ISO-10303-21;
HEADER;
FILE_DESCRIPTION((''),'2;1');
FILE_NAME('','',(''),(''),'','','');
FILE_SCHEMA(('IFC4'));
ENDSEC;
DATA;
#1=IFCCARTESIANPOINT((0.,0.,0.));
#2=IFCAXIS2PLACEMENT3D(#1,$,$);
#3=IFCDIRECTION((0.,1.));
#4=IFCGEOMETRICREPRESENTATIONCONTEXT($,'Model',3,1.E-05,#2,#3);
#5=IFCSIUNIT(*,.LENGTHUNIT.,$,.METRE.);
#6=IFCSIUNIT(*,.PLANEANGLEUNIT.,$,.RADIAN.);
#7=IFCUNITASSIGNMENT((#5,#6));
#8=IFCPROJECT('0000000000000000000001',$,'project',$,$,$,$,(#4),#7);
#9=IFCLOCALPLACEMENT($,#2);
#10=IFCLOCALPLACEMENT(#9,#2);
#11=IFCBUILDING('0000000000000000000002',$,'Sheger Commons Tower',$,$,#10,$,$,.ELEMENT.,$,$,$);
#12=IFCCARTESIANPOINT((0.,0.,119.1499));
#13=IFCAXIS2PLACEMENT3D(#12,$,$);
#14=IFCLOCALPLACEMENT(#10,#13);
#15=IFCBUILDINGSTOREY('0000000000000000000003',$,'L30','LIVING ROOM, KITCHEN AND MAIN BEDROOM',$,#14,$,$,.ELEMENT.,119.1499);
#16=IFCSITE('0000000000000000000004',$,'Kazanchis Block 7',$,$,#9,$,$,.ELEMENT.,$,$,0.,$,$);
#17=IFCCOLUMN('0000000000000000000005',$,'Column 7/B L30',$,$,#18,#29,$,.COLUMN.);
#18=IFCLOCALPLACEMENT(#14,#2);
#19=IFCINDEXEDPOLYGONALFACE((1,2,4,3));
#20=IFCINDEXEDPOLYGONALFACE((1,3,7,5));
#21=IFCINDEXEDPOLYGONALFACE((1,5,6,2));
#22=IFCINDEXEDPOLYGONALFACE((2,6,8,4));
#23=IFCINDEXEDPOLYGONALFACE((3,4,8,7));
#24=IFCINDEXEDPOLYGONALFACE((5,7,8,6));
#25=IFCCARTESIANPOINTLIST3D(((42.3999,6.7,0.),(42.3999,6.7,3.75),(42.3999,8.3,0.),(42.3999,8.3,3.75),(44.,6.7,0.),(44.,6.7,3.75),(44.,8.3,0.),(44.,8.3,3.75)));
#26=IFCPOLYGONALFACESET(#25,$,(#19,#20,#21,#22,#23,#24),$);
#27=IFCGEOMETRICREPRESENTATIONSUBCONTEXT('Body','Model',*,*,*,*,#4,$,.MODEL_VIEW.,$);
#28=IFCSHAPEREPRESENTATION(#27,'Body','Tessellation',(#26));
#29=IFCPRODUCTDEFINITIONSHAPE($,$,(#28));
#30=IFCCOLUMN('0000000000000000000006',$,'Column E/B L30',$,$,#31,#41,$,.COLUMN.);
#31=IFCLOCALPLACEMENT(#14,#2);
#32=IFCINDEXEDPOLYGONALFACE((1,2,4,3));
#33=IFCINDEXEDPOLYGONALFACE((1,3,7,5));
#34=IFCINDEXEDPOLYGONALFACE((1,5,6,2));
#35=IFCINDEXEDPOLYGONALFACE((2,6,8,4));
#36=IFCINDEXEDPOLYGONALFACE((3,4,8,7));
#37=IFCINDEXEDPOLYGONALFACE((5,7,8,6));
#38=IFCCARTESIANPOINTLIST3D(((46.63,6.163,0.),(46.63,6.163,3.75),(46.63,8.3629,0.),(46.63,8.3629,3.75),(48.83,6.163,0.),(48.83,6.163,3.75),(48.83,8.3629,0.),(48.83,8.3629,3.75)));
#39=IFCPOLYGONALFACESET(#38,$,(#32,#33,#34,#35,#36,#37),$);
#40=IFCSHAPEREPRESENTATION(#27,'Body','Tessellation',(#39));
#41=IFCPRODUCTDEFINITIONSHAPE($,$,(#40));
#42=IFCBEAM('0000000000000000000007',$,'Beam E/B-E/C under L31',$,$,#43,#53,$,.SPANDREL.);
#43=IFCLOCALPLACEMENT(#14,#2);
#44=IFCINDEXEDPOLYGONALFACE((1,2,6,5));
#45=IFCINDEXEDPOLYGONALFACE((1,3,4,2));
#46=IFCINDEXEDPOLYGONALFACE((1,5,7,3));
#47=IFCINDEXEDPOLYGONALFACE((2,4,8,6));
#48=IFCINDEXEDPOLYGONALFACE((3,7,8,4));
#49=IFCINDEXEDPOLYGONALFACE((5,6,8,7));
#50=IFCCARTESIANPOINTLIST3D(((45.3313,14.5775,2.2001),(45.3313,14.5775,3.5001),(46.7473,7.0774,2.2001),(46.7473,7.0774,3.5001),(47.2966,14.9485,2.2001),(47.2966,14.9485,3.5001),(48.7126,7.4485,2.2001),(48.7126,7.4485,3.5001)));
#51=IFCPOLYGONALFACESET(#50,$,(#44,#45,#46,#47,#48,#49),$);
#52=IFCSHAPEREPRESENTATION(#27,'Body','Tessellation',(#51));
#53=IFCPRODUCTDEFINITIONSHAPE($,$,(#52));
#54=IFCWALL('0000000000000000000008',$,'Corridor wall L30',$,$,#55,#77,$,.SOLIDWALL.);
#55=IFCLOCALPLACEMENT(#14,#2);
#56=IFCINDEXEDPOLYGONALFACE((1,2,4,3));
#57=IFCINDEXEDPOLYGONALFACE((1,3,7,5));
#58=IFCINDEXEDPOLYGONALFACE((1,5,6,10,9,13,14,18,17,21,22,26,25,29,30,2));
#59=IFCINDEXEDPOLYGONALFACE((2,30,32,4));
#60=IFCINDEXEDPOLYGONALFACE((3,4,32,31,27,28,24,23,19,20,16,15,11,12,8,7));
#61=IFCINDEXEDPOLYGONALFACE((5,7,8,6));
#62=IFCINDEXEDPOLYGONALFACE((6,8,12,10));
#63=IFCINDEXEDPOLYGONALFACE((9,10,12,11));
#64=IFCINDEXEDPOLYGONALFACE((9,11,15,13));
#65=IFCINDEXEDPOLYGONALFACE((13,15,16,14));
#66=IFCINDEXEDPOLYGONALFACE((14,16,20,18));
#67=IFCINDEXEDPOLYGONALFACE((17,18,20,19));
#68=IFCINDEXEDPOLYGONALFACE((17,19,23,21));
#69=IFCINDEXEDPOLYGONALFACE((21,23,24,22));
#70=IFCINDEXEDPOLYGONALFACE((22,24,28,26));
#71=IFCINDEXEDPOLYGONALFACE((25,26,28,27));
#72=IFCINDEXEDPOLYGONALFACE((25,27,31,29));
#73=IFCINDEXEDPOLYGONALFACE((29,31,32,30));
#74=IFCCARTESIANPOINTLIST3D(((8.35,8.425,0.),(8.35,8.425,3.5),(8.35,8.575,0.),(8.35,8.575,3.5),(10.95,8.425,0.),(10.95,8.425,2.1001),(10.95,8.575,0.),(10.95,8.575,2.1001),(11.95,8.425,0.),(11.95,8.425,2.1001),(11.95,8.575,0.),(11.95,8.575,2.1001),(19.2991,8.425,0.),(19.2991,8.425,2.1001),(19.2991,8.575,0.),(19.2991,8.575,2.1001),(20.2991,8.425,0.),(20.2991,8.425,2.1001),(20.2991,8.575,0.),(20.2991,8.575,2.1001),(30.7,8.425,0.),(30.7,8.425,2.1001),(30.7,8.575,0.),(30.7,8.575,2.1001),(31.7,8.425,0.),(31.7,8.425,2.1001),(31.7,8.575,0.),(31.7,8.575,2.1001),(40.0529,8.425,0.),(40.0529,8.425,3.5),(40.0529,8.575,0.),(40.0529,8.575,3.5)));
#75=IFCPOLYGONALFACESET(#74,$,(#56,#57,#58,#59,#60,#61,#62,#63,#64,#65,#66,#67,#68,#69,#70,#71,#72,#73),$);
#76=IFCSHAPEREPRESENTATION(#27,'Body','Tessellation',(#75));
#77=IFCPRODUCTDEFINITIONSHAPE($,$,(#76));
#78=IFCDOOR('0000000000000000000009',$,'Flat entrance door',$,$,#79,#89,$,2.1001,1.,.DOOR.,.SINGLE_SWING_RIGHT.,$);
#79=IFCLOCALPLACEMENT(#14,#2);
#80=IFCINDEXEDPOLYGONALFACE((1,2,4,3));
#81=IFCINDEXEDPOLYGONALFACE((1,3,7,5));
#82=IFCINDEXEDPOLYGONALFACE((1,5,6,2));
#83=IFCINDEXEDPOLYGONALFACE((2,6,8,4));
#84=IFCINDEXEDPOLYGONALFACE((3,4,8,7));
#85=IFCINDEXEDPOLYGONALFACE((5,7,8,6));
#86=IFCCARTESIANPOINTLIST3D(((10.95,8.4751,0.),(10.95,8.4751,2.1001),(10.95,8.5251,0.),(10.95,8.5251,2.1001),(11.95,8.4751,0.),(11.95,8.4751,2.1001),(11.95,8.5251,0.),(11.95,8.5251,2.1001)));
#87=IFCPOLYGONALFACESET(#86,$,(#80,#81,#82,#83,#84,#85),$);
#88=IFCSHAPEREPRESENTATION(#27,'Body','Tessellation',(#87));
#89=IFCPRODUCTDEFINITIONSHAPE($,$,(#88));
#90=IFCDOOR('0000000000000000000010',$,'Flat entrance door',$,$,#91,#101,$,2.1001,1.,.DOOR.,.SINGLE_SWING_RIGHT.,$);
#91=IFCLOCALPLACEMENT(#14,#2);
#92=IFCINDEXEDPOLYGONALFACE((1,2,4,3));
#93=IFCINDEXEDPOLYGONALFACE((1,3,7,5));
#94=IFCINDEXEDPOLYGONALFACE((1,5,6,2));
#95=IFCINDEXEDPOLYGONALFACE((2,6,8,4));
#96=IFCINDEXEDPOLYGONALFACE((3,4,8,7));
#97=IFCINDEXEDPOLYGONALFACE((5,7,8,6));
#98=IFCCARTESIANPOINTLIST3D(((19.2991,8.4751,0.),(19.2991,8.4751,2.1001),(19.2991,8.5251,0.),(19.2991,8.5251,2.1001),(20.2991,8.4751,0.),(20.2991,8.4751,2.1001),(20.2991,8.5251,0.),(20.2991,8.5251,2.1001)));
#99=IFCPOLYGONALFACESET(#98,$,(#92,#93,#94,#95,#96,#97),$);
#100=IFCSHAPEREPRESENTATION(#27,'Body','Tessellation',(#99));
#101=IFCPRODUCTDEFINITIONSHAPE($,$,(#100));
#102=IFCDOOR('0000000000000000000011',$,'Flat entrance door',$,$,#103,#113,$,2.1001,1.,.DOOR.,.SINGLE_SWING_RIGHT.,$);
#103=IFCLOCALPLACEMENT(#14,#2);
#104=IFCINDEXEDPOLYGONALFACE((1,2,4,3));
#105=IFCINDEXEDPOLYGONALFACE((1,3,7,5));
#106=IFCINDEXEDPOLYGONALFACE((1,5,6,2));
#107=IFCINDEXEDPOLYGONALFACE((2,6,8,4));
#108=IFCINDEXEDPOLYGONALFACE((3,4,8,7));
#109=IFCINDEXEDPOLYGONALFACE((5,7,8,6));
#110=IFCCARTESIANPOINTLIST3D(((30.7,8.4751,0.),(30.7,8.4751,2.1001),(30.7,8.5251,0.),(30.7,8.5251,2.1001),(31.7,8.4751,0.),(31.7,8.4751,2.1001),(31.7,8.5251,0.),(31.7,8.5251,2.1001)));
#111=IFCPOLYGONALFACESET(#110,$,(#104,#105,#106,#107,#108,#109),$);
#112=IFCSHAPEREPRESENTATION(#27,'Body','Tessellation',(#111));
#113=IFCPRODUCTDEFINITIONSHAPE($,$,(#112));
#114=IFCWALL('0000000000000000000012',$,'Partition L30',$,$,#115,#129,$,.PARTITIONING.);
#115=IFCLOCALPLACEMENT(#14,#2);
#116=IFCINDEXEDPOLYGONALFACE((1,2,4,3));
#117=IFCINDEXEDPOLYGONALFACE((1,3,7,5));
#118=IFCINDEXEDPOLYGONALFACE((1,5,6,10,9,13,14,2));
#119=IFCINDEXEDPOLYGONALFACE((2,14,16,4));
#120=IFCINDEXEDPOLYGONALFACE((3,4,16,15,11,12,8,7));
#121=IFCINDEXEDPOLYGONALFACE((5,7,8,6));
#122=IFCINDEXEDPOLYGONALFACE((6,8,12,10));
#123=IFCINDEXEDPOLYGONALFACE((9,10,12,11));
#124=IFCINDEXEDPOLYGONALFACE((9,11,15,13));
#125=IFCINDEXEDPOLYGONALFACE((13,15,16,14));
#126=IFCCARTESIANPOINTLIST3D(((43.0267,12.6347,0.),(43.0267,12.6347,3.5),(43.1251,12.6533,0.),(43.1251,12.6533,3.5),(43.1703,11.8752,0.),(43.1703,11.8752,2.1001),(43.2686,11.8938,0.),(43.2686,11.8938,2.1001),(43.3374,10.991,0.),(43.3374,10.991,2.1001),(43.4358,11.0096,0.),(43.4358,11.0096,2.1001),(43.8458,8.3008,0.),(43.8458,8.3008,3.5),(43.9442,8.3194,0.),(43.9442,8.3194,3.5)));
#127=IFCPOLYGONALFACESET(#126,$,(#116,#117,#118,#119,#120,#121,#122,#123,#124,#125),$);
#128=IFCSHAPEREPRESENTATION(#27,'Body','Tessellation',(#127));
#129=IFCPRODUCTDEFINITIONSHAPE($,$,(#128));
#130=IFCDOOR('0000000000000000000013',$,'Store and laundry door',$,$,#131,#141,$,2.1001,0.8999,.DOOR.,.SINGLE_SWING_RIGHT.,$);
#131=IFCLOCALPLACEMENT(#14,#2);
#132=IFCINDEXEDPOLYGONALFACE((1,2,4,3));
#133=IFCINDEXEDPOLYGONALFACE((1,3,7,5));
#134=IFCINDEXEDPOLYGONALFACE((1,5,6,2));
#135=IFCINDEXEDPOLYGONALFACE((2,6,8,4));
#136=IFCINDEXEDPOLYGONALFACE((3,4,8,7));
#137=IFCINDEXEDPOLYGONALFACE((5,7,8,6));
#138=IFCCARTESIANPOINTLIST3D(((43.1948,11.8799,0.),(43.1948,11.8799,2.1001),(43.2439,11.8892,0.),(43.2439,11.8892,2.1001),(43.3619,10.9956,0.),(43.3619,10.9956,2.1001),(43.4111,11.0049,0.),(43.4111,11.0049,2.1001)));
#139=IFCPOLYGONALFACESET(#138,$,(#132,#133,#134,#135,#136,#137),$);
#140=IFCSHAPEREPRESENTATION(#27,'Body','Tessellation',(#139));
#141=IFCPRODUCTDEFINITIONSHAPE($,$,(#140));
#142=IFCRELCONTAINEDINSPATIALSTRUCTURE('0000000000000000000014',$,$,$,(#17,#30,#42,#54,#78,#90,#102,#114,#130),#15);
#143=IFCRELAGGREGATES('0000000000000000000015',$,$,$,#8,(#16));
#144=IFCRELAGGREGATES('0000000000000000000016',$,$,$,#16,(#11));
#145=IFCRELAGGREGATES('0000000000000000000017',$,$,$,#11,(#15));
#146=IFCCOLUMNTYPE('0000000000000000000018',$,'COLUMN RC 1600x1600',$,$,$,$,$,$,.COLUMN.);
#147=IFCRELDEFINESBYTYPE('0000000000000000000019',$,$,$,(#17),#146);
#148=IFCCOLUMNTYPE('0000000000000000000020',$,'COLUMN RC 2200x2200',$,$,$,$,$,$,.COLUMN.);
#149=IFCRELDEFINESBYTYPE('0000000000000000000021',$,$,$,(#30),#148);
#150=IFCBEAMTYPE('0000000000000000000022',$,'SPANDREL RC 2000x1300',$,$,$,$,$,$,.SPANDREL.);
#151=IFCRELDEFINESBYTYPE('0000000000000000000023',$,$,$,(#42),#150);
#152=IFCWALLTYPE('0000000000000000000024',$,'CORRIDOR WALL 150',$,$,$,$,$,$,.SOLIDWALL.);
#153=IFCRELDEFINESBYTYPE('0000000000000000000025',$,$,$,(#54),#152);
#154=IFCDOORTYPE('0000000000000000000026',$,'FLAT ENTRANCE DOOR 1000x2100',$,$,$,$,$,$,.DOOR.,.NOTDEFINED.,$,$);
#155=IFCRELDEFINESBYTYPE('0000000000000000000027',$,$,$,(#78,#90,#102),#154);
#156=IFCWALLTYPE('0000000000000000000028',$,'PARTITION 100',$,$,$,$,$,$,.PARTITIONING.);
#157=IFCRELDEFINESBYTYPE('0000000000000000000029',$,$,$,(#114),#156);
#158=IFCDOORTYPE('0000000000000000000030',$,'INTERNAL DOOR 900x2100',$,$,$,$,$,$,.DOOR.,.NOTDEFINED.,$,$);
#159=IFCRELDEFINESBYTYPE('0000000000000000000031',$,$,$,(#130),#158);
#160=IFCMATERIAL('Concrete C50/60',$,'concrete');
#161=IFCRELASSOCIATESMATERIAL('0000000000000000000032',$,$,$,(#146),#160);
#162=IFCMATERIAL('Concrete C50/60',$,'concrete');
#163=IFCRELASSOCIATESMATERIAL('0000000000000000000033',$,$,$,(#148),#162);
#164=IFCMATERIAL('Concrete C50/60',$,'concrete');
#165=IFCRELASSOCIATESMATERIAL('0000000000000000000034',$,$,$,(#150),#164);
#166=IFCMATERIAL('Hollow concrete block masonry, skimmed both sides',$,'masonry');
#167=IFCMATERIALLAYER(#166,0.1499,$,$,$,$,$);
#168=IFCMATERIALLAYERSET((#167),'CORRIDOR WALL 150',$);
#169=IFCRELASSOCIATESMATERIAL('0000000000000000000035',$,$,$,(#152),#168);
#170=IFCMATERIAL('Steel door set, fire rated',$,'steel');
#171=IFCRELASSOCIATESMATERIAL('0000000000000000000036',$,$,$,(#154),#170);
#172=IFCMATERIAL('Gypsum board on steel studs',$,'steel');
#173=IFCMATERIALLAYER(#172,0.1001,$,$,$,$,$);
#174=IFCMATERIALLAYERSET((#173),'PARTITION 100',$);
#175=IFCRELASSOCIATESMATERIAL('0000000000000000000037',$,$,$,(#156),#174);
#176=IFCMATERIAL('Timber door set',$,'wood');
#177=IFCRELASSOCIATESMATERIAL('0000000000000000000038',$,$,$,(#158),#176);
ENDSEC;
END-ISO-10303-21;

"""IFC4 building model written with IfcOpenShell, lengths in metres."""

from ifc_helpers import new_model, si_unit, direction, frame, frame_2d, origin, origin_2d, place, context, subcontext, project, spatial, rectangle, extrude, material, layer, layer_set, material_profile, profile_set, type_object, element, fill, save


model = new_model("IFC4")

# Units and contexts
model_context = context("Model", 3, precision=1e-05, world=origin(), true_north=direction((0.0, 1.0)))
body_context = subcontext(model_context, "Body", "Model", "MODEL_VIEW")
ifc_project = project(units=[si_unit("LENGTHUNIT", "METRE"), si_unit("PLANEANGLEUNIT", "RADIAN")], contexts=[model_context])

# Site, building, storey
site_placement = place(None, origin())
site = spatial("IfcSite", under=ifc_project, at=site_placement, Name="Kazanchis Block 7", CompositionType="ELEMENT", RefElevation=0.0)
building_placement = place(site_placement, origin())
building = spatial("IfcBuilding", under=site, at=building_placement, Name="Sheger Commons Tower", CompositionType="ELEMENT")
storey_placement = place(building_placement, frame((0.0, 0.0, 119.1499)))
storey = spatial("IfcBuildingStorey", under=building, at=storey_placement, Name="L30", Description="LIVING ROOM, KITCHEN AND MAIN BEDROOM", CompositionType="ELEMENT", Elevation=119.1499)

# Columns
ifc_material_1 = material(Name="Concrete C50/60", Category="concrete")
ifc_material_profile_1 = material_profile(ifc_material_1, rectangle(XDim=1.6001, YDim=1.6001, at=origin_2d()), Name="RC 1600x1600")
ifc_profile_set_1 = profile_set([ifc_material_profile_1], Name="Concrete C50/60")
column_type_1 = type_object("IfcColumnType", Name="COLUMN RC 1600x1600", PredefinedType="COLUMN", material=ifc_profile_set_1)
column_1_placement = place(storey_placement, frame((43.2, 7.5, 0.0), z_axis=(0.0, 0.0, 1.0), x_axis=(1.0, 0.0, 0.0)))
element("IfcColumn", 1, at=column_1_placement, inside=storey, type_object=column_type_1, Name="Column 7/B L30", PredefinedType="COLUMN", context=body_context, shape_type="SweptSolid", body=[
    extrude(rectangle(XDim=1.6001, YDim=1.6001, at=origin_2d()), origin(), (0.0, 0.0, 1.0), 3.75),
])
ifc_material_2 = material(Name="Concrete C50/60", Category="concrete")
ifc_material_profile_2 = material_profile(ifc_material_2, rectangle(XDim=2.2, YDim=2.2, at=origin_2d()), Name="RC 2200x2200")
ifc_profile_set_2 = profile_set([ifc_material_profile_2], Name="Concrete C50/60")
column_type_2 = type_object("IfcColumnType", Name="COLUMN RC 2200x2200", PredefinedType="COLUMN", material=ifc_profile_set_2)
column_2_placement = place(storey_placement, frame((47.73, 7.2629, 0.0), z_axis=(0.0, 0.0, 1.0), x_axis=(1.0, 0.0, 0.0)))
element("IfcColumn", 2, at=column_2_placement, inside=storey, type_object=column_type_2, Name="Column E/B L30", PredefinedType="COLUMN", context=body_context, shape_type="SweptSolid", body=[
    extrude(rectangle(XDim=2.2, YDim=2.2, at=origin_2d()), origin(), (0.0, 0.0, 1.0), 3.75),
])

# Beam
ifc_material_3 = material(Name="Concrete C50/60", Category="concrete")
ifc_material_profile_3 = material_profile(ifc_material_3, rectangle(XDim=2.0, YDim=1.3, at=origin_2d()), Name="RC 2000x1300")
ifc_profile_set_3 = profile_set([ifc_material_profile_3], Name="Concrete C50/60")
beam_type = type_object("IfcBeamType", Name="SPANDREL RC 2000x1300", PredefinedType="SPANDREL", material=ifc_profile_set_3)
beam_placement = place(storey_placement, frame((47.73, 7.2629, 2.8501), z_axis=(-0.185524, 0.98264, 0.0), x_axis=(-0.98264, -0.185524, 0.0)))
element("IfcBeam", 3, at=beam_placement, inside=storey, type_object=beam_type, Name="Beam E/B-E/C under L31", PredefinedType="SPANDREL", context=body_context, shape_type="SweptSolid", body=[
    extrude(rectangle(XDim=2.0, YDim=1.3, at=origin_2d()), origin(), (0.0, 0.0, 1.0), 7.6326),
])

# Wall, openings, doors
ifc_material_4 = material(Name="Hollow concrete block masonry, skimmed both sides", Category="masonry")
ifc_layer_1 = layer(ifc_material_4, 0.1499)
ifc_layer_set_1 = layer_set([ifc_layer_1], Name="CORRIDOR WALL 150")
wall_type_1 = type_object("IfcWallType", Name="CORRIDOR WALL 150", PredefinedType="SOLIDWALL", material=ifc_layer_set_1)
wall_1_placement = place(storey_placement, frame((40.053, 8.5, 0.0), z_axis=(0.0, 0.0, 1.0), x_axis=(-1.0, 0.0, 0.0)))
wall_1 = element("IfcWall", 4, at=wall_1_placement, inside=storey, type_object=wall_type_1, Name="Corridor wall L30", PredefinedType="SOLIDWALL", context=body_context, shape_type="SweptSolid", body=[
    extrude(rectangle(XDim=31.7029, YDim=0.1499, at=frame_2d((15.8516, 0.0))), origin(), (0.0, 0.0, 1.0), 3.5),
])
opening_1_placement = place(wall_1_placement, frame((28.103, 0.0, 0.0)))
opening_1 = element("IfcOpeningElement", 5, at=opening_1_placement, cuts=wall_1, PredefinedType="OPENING", context=body_context, shape_type="SweptSolid", body=[
    extrude(rectangle(XDim=1.0, YDim=2.1001, at=frame_2d((0.5, 1.05))), frame((0.0, 0.085, 0.0), z_axis=(0.0, -1.0, 0.0), x_axis=(1.0, 0.0, 0.0)), (0.0, 0.0, 1.0), 0.1699),
])
opening_2_placement = place(wall_1_placement, frame((19.7539, 0.0, 0.0)))
opening_2 = element("IfcOpeningElement", 6, at=opening_2_placement, cuts=wall_1, PredefinedType="OPENING", context=body_context, shape_type="SweptSolid", body=[
    extrude(rectangle(XDim=1.0, YDim=2.1001, at=frame_2d((0.5, 1.05))), frame((0.0, 0.085, 0.0), z_axis=(0.0, -1.0, 0.0), x_axis=(1.0, 0.0, 0.0)), (0.0, 0.0, 1.0), 0.1699),
])
opening_3_placement = place(wall_1_placement, frame((8.353, 0.0, 0.0)))
opening_3 = element("IfcOpeningElement", 7, at=opening_3_placement, cuts=wall_1, PredefinedType="OPENING", context=body_context, shape_type="SweptSolid", body=[
    extrude(rectangle(XDim=1.0, YDim=2.1001, at=frame_2d((0.5, 1.05))), frame((0.0, 0.085, 0.0), z_axis=(0.0, -1.0, 0.0), x_axis=(1.0, 0.0, 0.0)), (0.0, 0.0, 1.0), 0.1699),
])
ifc_material_5 = material(Name="Steel door set, fire rated", Category="steel")
door_type_1 = type_object("IfcDoorType", Name="FLAT ENTRANCE DOOR 1000x2100", OperationType="NOTDEFINED", PredefinedType="DOOR", material=ifc_material_5)
door_1_placement = place(opening_1_placement, origin())
door_1 = element("IfcDoor", 8, at=door_1_placement, inside=storey, type_object=door_type_1, Name="Flat entrance door", OperationType="SINGLE_SWING_RIGHT", OverallHeight=2.1001, OverallWidth=1.0, PredefinedType="DOOR", context=body_context, shape_type="SweptSolid", body=[
    extrude(rectangle(XDim=1.0, YDim=2.1001, at=frame_2d((0.5, 1.05))), frame((0.0, 0.0249, 0.0), z_axis=(0.0, -1.0, 0.0), x_axis=(1.0, 0.0, 0.0)), (0.0, 0.0, 1.0), 0.05),
])
fill(opening_1, door_1)
door_2_placement = place(opening_2_placement, origin())
door_2 = element("IfcDoor", 9, at=door_2_placement, inside=storey, type_object=door_type_1, Name="Flat entrance door", OperationType="SINGLE_SWING_RIGHT", OverallHeight=2.1001, OverallWidth=1.0, PredefinedType="DOOR", context=body_context, shape_type="SweptSolid", body=[
    extrude(rectangle(XDim=1.0, YDim=2.1001, at=frame_2d((0.5, 1.05))), frame((0.0, 0.0249, 0.0), z_axis=(0.0, -1.0, 0.0), x_axis=(1.0, 0.0, 0.0)), (0.0, 0.0, 1.0), 0.05),
])
fill(opening_2, door_2)
door_3_placement = place(opening_3_placement, origin())
door_3 = element("IfcDoor", 10, at=door_3_placement, inside=storey, type_object=door_type_1, Name="Flat entrance door", OperationType="SINGLE_SWING_RIGHT", OverallHeight=2.1001, OverallWidth=1.0, PredefinedType="DOOR", context=body_context, shape_type="SweptSolid", body=[
    extrude(rectangle(XDim=1.0, YDim=2.1001, at=frame_2d((0.5, 1.05))), frame((0.0, 0.0249, 0.0), z_axis=(0.0, -1.0, 0.0), x_axis=(1.0, 0.0, 0.0)), (0.0, 0.0, 1.0), 0.05),
])
fill(opening_3, door_3)

# Wall, opening, door
ifc_material_6 = material(Name="Gypsum board on steel studs", Category="steel")
ifc_layer_2 = layer(ifc_material_6, 0.1001)
ifc_layer_set_2 = layer_set([ifc_layer_2], Name="PARTITION 100")
wall_type_2 = type_object("IfcWallType", Name="PARTITION 100", PredefinedType="PARTITIONING", material=ifc_layer_set_2)
wall_2_placement = place(storey_placement, frame((43.0759, 12.644, 0.0), z_axis=(0.0, 0.0, 1.0), x_axis=(0.185705, -0.982605, 0.0)))
wall_2 = element("IfcWall", 11, at=wall_2_placement, inside=storey, type_object=wall_type_2, Name="Partition L30", PredefinedType="PARTITIONING", context=body_context, shape_type="SweptSolid", body=[
    extrude(rectangle(XDim=4.4106, YDim=0.1001, at=frame_2d((2.2053, 0.0))), origin(), (0.0, 0.0, 1.0), 3.5),
])
opening_4_placement = place(wall_2_placement, frame((0.7729, 0.0, 0.0)))
opening_4 = element("IfcOpeningElement", 12, at=opening_4_placement, cuts=wall_2, PredefinedType="OPENING", context=body_context, shape_type="SweptSolid", body=[
    extrude(rectangle(XDim=0.8999, YDim=2.1001, at=frame_2d((0.45, 1.05))), frame((0.0, 0.0601, 0.0), z_axis=(0.0, -1.0, 0.0), x_axis=(1.0, 0.0, 0.0)), (0.0, 0.0, 1.0), 0.1201),
])
ifc_material_7 = material(Name="Timber door set", Category="wood")
door_type_2 = type_object("IfcDoorType", Name="INTERNAL DOOR 900x2100", OperationType="NOTDEFINED", PredefinedType="DOOR", material=ifc_material_7)
door_4_placement = place(opening_4_placement, origin())
door_4 = element("IfcDoor", 13, at=door_4_placement, inside=storey, type_object=door_type_2, Name="Store and laundry door", OperationType="SINGLE_SWING_RIGHT", OverallHeight=2.1001, OverallWidth=0.8999, PredefinedType="DOOR", context=body_context, shape_type="SweptSolid", body=[
    extrude(rectangle(XDim=0.8999, YDim=2.1001, at=frame_2d((0.45, 1.05))), frame((0.0, 0.0249, 0.0), z_axis=(0.0, -1.0, 0.0), x_axis=(1.0, 0.0, 0.0)), (0.0, 0.0, 1.0), 0.05),
])
fill(opening_4, door_4)

save(model, "model.ifc")
